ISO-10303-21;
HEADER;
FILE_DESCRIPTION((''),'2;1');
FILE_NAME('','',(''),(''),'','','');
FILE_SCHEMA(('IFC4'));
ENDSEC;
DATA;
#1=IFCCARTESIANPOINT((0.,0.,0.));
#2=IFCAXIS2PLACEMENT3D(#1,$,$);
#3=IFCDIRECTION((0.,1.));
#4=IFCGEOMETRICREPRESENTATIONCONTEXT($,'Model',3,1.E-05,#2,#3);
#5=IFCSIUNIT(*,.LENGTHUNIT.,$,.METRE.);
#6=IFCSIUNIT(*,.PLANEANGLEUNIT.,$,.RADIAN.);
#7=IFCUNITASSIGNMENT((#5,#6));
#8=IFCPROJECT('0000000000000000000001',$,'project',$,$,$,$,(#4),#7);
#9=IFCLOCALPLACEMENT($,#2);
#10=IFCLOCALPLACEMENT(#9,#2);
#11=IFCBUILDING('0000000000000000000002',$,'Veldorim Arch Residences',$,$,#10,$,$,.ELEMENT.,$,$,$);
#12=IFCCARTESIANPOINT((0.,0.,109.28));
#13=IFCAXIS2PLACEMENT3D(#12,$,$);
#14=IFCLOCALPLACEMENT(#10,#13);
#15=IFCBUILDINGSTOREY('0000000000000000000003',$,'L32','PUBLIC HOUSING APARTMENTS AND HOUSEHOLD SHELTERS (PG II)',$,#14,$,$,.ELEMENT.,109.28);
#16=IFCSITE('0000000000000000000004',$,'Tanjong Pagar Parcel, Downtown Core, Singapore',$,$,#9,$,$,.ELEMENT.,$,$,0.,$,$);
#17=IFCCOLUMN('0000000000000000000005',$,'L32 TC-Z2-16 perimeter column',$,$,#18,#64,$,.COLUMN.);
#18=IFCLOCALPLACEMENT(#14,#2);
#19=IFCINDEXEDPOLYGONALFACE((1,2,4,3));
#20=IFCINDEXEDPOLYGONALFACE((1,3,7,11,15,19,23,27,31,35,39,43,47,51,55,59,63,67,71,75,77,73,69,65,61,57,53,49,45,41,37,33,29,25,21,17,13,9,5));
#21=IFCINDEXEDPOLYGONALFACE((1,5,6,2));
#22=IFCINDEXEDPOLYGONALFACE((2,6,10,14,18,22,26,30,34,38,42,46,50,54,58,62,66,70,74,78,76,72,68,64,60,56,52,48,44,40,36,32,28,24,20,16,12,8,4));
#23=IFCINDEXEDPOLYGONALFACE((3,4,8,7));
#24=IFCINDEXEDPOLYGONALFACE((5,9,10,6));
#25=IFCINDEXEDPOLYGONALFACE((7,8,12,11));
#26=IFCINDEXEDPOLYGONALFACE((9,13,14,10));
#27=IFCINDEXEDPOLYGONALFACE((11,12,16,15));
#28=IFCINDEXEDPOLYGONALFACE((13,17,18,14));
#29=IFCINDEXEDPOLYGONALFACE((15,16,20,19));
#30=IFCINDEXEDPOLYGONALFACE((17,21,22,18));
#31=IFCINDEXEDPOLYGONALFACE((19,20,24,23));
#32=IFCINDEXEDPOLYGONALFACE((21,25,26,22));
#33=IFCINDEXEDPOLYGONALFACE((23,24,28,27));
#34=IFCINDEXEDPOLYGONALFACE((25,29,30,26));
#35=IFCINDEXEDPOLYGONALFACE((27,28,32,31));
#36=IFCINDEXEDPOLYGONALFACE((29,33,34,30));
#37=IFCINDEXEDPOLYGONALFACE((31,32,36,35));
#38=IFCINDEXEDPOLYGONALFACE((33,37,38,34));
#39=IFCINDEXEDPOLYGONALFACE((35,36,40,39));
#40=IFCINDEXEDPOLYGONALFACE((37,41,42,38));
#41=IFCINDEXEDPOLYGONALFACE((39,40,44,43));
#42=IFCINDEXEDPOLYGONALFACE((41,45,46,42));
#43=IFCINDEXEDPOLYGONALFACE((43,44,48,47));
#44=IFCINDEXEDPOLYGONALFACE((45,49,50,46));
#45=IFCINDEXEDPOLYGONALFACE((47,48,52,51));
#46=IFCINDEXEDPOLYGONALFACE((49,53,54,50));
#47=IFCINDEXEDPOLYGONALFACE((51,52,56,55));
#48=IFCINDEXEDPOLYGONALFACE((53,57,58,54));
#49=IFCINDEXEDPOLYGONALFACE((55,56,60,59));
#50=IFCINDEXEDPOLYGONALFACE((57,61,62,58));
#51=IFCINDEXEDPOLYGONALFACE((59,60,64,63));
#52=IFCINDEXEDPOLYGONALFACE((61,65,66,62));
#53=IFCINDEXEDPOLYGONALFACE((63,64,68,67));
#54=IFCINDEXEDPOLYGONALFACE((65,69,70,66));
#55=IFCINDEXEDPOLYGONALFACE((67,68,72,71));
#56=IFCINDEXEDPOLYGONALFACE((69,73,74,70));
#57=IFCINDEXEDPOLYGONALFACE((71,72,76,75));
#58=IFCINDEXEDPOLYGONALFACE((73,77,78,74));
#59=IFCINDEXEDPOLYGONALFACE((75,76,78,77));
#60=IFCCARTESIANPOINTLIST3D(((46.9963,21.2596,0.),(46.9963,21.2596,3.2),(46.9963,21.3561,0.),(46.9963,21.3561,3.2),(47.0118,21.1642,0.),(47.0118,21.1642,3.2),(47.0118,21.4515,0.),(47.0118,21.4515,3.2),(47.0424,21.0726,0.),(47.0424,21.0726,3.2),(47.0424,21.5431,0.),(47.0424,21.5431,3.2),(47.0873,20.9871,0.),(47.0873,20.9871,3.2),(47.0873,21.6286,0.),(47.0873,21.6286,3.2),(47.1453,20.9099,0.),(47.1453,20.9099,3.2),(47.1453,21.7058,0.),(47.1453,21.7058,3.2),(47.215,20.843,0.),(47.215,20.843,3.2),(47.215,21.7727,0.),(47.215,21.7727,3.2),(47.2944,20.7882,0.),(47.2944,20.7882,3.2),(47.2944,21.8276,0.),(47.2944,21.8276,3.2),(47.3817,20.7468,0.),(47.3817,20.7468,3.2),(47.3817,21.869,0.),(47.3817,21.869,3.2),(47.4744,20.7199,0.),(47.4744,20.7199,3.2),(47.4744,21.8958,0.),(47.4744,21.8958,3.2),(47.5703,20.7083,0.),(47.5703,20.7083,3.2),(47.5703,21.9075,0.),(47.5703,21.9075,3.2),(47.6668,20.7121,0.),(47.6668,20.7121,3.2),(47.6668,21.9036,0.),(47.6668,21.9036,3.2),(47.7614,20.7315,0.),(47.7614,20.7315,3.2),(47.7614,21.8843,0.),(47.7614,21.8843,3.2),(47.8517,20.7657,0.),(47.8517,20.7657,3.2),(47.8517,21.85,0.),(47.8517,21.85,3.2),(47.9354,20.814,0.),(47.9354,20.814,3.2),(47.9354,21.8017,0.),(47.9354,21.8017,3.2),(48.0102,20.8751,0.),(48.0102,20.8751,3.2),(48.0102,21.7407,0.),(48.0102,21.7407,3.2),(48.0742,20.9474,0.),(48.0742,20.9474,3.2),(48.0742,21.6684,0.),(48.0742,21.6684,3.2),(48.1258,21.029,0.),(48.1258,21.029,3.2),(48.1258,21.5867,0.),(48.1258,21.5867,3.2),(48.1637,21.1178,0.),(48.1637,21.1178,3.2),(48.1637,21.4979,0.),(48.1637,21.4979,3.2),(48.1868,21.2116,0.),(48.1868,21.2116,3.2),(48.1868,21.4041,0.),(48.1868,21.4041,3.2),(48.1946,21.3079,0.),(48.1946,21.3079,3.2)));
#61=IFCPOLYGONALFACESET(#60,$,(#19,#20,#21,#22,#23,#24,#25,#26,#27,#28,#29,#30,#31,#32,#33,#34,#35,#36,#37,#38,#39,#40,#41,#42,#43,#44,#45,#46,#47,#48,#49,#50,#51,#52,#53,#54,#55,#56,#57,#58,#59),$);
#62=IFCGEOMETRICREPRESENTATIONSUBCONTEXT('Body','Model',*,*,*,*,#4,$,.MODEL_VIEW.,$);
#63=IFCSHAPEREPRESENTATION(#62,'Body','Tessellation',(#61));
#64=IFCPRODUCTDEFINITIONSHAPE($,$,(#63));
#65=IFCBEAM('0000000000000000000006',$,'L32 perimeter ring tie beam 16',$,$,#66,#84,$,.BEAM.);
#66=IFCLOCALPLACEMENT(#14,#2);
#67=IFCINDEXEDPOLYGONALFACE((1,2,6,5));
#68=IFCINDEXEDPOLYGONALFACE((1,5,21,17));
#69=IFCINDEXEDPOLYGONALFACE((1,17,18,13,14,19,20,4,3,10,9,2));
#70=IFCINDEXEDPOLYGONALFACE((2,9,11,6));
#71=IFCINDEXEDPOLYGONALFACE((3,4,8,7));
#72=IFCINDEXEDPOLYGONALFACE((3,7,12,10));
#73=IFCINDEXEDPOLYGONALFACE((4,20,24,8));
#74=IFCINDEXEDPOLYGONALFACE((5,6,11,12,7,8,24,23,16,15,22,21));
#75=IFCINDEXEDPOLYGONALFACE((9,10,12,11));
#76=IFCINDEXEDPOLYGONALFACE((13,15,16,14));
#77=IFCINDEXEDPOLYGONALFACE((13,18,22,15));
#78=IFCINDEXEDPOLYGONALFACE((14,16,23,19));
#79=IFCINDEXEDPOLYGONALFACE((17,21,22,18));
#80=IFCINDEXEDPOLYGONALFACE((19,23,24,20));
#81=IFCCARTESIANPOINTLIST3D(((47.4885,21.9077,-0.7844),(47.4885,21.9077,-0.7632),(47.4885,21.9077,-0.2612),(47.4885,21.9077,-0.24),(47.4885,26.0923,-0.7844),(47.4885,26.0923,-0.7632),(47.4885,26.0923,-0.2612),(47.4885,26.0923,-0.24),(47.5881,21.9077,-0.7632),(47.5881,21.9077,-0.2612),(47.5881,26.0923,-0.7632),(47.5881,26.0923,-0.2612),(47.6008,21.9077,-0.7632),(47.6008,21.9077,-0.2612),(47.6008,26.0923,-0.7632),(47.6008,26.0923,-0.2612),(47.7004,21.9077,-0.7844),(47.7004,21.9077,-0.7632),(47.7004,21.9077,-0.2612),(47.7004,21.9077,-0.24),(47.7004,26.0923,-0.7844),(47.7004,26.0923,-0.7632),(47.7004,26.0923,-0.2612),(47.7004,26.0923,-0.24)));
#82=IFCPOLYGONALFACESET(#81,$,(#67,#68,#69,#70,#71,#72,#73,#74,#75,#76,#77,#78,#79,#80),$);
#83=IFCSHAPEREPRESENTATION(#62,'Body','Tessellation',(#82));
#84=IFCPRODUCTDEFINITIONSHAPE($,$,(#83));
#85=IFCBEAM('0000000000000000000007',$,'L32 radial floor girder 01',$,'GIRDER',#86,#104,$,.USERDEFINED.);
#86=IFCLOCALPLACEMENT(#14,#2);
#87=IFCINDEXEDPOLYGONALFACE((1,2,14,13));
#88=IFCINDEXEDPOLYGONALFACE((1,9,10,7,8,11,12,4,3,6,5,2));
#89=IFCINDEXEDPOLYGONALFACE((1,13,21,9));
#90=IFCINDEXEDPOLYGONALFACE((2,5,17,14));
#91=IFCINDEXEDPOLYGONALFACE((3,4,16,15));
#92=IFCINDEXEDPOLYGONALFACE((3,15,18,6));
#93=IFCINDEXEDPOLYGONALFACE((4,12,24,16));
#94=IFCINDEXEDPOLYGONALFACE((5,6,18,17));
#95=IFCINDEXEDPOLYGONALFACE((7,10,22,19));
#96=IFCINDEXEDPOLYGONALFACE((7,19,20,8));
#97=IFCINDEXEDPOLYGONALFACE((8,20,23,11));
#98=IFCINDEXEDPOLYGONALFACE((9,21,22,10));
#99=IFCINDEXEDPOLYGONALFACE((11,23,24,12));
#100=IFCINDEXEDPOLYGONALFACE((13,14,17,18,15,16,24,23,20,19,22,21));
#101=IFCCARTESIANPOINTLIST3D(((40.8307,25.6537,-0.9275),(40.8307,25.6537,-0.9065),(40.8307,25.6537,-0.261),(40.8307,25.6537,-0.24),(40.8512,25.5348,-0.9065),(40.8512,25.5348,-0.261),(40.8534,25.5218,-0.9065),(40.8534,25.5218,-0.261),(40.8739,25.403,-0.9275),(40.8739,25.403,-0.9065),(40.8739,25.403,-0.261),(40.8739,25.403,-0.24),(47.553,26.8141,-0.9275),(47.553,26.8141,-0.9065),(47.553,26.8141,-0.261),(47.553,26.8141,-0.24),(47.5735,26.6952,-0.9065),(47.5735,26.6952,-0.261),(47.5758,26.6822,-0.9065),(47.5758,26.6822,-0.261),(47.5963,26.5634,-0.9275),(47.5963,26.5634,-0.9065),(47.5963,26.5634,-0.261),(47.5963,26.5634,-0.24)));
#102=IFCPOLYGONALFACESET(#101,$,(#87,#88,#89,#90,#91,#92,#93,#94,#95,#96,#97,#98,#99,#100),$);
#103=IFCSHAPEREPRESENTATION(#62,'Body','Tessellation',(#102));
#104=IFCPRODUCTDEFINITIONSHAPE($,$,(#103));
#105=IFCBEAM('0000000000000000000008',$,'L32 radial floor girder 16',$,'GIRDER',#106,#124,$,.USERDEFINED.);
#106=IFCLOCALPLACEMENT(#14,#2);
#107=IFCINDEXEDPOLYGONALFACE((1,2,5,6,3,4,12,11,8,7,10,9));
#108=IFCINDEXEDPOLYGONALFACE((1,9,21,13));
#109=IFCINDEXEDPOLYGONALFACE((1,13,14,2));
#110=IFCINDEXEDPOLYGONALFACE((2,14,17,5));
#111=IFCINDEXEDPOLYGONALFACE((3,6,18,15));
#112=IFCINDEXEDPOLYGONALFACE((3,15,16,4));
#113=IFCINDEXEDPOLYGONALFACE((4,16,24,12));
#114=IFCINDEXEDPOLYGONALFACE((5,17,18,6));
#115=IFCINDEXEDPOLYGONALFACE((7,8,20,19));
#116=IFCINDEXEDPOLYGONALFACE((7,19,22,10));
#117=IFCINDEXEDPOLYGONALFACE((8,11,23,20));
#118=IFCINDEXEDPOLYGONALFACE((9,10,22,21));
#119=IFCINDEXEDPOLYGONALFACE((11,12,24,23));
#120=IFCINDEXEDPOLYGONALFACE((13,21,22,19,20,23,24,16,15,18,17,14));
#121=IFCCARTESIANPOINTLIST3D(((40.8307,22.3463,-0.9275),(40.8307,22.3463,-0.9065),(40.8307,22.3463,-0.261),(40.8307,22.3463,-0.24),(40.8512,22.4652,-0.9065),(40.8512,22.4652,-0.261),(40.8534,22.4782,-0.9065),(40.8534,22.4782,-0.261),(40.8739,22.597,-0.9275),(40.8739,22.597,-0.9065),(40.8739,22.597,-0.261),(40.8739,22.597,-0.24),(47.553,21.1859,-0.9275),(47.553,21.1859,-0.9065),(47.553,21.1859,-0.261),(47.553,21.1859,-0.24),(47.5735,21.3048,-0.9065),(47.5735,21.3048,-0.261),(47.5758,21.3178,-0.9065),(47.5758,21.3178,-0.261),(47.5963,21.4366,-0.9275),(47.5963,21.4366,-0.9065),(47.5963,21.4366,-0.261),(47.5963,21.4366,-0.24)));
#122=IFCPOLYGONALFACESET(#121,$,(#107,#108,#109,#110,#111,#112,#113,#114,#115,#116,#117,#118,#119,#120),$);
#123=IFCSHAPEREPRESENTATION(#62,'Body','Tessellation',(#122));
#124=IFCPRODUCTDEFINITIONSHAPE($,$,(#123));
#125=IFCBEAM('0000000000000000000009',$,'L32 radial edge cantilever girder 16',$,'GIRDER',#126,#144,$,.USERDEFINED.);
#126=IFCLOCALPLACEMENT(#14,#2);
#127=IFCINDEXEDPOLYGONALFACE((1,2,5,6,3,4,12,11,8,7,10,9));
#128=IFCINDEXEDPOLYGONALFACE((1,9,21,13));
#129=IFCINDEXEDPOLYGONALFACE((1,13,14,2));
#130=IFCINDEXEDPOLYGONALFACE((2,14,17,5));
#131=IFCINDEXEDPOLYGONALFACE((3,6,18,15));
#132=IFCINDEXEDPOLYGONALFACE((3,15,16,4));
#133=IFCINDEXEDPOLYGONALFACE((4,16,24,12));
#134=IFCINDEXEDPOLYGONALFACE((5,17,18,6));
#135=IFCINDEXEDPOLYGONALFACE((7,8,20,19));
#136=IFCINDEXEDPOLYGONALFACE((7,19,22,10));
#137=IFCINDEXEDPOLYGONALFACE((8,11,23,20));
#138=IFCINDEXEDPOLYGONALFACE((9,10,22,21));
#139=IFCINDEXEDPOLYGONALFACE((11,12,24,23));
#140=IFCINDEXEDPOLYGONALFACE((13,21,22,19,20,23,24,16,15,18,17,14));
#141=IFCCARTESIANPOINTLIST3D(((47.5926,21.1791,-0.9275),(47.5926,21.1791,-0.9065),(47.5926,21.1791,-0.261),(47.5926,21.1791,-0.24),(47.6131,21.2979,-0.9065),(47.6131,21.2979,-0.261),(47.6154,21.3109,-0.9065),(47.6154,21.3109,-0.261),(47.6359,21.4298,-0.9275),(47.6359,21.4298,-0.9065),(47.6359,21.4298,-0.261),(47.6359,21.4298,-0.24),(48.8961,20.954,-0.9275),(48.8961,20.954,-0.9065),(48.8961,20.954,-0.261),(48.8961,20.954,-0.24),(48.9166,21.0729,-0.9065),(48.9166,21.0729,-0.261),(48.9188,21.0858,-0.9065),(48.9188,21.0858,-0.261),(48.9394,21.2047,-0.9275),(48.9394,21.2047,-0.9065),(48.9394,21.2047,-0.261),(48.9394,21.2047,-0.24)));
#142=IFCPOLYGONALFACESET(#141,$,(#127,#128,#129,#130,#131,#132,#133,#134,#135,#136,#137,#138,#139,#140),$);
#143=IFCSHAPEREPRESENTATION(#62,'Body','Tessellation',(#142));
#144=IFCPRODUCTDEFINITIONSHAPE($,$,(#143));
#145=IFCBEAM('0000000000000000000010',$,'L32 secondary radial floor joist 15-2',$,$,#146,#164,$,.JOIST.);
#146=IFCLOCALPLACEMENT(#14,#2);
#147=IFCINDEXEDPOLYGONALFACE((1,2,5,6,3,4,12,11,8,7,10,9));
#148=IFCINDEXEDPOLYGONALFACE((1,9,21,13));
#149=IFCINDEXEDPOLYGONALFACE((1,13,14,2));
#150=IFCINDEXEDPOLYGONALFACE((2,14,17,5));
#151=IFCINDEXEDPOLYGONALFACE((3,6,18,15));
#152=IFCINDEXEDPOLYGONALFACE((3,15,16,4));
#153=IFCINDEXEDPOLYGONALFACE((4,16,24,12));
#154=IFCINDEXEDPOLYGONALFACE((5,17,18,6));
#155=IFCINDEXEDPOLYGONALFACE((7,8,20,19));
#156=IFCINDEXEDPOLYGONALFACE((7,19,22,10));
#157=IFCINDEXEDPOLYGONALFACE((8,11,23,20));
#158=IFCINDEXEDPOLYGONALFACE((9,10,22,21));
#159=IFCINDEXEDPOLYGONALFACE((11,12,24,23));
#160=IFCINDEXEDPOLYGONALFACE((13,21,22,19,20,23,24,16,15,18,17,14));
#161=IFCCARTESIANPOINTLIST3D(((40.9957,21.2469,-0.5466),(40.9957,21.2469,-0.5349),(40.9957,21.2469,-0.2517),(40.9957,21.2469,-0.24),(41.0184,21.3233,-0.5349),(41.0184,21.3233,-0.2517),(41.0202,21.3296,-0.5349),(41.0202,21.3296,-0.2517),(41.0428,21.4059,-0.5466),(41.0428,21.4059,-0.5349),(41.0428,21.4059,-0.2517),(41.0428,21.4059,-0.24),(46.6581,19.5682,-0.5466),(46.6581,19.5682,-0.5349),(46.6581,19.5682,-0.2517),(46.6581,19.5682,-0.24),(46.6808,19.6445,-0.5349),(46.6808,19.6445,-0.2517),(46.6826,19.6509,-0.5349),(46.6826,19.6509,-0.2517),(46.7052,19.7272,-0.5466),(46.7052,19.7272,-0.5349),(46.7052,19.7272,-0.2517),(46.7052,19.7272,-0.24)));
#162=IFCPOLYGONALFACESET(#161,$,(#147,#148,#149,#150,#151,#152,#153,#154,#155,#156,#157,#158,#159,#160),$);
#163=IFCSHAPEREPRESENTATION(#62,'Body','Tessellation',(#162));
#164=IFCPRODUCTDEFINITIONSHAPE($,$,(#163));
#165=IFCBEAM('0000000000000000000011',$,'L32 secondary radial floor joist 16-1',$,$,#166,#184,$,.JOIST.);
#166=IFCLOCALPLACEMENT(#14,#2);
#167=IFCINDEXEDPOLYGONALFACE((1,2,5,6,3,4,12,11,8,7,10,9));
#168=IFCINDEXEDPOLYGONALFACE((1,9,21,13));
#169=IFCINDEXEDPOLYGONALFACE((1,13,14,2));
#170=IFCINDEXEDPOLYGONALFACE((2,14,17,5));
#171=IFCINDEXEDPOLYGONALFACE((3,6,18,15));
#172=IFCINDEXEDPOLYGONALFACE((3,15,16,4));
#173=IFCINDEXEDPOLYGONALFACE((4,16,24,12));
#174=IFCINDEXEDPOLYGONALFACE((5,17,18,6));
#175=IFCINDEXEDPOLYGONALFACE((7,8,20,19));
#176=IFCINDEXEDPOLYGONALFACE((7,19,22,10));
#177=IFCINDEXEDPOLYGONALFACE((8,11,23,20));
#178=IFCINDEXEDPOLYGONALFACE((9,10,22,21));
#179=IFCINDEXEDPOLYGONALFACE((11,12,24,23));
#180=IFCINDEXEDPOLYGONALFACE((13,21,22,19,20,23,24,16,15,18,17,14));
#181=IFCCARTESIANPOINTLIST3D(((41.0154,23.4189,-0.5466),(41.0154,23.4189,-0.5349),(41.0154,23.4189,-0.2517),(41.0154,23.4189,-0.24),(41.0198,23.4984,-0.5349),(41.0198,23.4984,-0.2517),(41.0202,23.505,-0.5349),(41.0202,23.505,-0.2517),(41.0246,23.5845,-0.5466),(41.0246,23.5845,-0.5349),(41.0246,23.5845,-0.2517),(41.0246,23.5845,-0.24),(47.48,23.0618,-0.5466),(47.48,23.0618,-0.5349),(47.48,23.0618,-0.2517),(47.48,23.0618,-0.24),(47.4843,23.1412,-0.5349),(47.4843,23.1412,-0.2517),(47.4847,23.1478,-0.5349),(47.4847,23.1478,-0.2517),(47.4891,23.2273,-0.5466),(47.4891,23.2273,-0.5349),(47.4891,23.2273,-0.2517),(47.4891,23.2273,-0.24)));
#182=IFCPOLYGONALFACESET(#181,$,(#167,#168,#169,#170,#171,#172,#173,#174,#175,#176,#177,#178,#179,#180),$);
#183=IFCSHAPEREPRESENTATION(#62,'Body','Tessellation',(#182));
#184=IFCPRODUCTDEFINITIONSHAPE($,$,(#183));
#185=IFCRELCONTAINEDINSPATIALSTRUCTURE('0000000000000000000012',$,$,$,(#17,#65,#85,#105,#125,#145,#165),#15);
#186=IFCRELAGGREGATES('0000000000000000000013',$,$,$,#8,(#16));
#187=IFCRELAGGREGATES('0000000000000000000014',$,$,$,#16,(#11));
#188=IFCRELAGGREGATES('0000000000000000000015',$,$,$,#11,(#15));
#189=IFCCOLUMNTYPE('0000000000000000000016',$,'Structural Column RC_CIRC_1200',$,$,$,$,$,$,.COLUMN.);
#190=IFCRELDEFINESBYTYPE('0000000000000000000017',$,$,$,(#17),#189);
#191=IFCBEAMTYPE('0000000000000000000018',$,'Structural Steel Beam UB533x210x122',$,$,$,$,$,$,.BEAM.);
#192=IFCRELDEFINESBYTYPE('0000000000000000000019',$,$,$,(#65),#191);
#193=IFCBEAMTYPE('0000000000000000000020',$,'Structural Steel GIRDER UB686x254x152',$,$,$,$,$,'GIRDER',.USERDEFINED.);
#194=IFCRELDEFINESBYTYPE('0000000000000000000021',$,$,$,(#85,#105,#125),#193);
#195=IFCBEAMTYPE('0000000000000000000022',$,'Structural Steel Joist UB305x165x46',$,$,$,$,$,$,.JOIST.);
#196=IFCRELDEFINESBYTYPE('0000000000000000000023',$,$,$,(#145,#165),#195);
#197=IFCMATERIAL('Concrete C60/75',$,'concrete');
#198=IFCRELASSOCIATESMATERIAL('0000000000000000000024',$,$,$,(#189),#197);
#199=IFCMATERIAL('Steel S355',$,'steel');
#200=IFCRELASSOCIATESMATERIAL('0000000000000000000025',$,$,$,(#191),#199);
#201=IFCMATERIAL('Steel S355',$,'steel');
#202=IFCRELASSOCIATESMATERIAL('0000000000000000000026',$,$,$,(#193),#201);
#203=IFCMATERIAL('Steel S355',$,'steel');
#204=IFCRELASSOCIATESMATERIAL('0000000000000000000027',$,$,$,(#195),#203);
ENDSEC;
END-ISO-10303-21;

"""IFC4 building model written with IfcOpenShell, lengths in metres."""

from ifc_helpers import new_model, si_unit, direction, frame, origin, origin_2d, place, context, subcontext, project, spatial, circle, i_section, extrude, material, material_profile, profile_set, type_object, element, save


model = new_model("IFC4")

# Units and contexts
model_context = context("Model", 3, precision=1e-05, world=origin(), true_north=direction((0.0, 1.0)))
body_context = subcontext(model_context, "Body", "Model", "MODEL_VIEW")
ifc_project = project(units=[si_unit("LENGTHUNIT", "METRE"), si_unit("PLANEANGLEUNIT", "RADIAN")], contexts=[model_context])

# Site, building, storey
site_placement = place(None, origin())
site = spatial("IfcSite", under=ifc_project, at=site_placement, Name="Tanjong Pagar Parcel, Downtown Core, Singapore", CompositionType="ELEMENT", RefElevation=0.0)
building_placement = place(site_placement, origin())
building = spatial("IfcBuilding", under=site, at=building_placement, Name="Veldorim Arch Residences", CompositionType="ELEMENT")
storey_placement = place(building_placement, frame((0.0, 0.0, 109.28)))
storey = spatial("IfcBuildingStorey", under=building, at=storey_placement, Name="L32", Description="PUBLIC HOUSING APARTMENTS AND HOUSEHOLD SHELTERS (PG II)", CompositionType="ELEMENT", Elevation=109.28)

# Column
ifc_material_1 = material(Name="Concrete C60/75", Category="concrete")
ifc_material_profile_1 = material_profile(ifc_material_1, circle(Radius=0.6001, at=origin_2d()), Name="RC_CIRC_1200")
ifc_profile_set_1 = profile_set([ifc_material_profile_1], Name="Concrete C60/75")
column_type = type_object("IfcColumnType", Name="Structural Column RC_CIRC_1200", PredefinedType="COLUMN", material=ifc_profile_set_1)
column_placement = place(storey_placement, frame((47.5945, 21.3079, 0.0), z_axis=(0.0, 0.0, 1.0), x_axis=(1.0, 0.0, 0.0)))
element("IfcColumn", 1, at=column_placement, inside=storey, type_object=column_type, Name="L32 TC-Z2-16 perimeter column", PredefinedType="COLUMN", context=body_context, shape_type="SweptSolid", body=[
    extrude(circle(Radius=0.6001, at=origin_2d()), origin(), (0.0, 0.0, 1.0), 3.2),
])

# Beams
ifc_material_2 = material(Name="Steel S355", Category="steel")
ifc_material_profile_2 = material_profile(ifc_material_2, i_section(OverallWidth=0.2119, OverallDepth=0.5444, WebThickness=0.0127, FlangeThickness=0.0212, at=origin_2d()), Name="UB533x210x122")
ifc_profile_set_2 = profile_set([ifc_material_profile_2], Name="Steel S355")
beam_type_1 = type_object("IfcBeamType", Name="Structural Steel Beam UB533x210x122", PredefinedType="BEAM", material=ifc_profile_set_2)
beam_1_placement = place(storey_placement, frame((47.5945, 21.9077, -0.5122), z_axis=(0.0, 1.0, 0.0), x_axis=(-1.0, 0.0, 0.0)))
element("IfcBeam", 2, at=beam_1_placement, inside=storey, type_object=beam_type_1, Name="L32 perimeter ring tie beam 16", PredefinedType="BEAM", context=body_context, shape_type="SweptSolid", body=[
    extrude(i_section(OverallWidth=0.2119, OverallDepth=0.5444, WebThickness=0.0127, FlangeThickness=0.0212, at=origin_2d()), origin(), (0.0, 0.0, 1.0), 4.1846),
])
ifc_material_3 = material(Name="Steel S355", Category="steel")
ifc_material_profile_3 = material_profile(ifc_material_3, i_section(OverallWidth=0.2544, OverallDepth=0.6875, WebThickness=0.0132, FlangeThickness=0.021, at=origin_2d()), Name="UB686x254x152")
ifc_profile_set_3 = profile_set([ifc_material_profile_3], Name="Steel S355")
beam_type_2 = type_object("IfcBeamType", Name="Structural Steel GIRDER UB686x254x152", ElementType="GIRDER", PredefinedType="USERDEFINED", material=ifc_profile_set_3)
for number, where, z_axis, x_axis, name in (
    (3, (40.8523, 25.5283, -0.5837), (0.985427, 0.170101, 0.0), (-0.170101, 0.985427, 0.0), "L32 radial floor girder 01"),
    (4, (40.8523, 22.4717, -0.5837), (0.985427, -0.170101, 0.0), (0.170101, 0.985427, 0.0), "L32 radial floor girder 16"),
):
    element("IfcBeam", number, at=place(storey_placement, frame(where, z_axis=z_axis, x_axis=x_axis)), inside=storey, type_object=beam_type_2, Name=name, ObjectType="GIRDER", PredefinedType="USERDEFINED", context=body_context, shape_type="SweptSolid", body=[
        extrude(i_section(OverallWidth=0.2544, OverallDepth=0.6875, WebThickness=0.0132, FlangeThickness=0.021, at=origin_2d()), origin(), (0.0, 0.0, 1.0), 6.8218),
    ])
beam_2_placement = place(storey_placement, frame((47.6143, 21.3044, -0.5837), z_axis=(0.985414, -0.170173, 0.0), x_axis=(0.170173, 0.985414, 0.0)))
element("IfcBeam", 5, at=beam_2_placement, inside=storey, type_object=beam_type_2, Name="L32 radial edge cantilever girder 16", ObjectType="GIRDER", PredefinedType="USERDEFINED", context=body_context, shape_type="SweptSolid", body=[
    extrude(i_section(OverallWidth=0.2544, OverallDepth=0.6875, WebThickness=0.0132, FlangeThickness=0.021, at=origin_2d()), origin(), (0.0, 0.0, 1.0), 1.3228),
])
ifc_material_4 = material(Name="Steel S355", Category="steel")
ifc_material_profile_4 = material_profile(ifc_material_4, i_section(OverallWidth=0.1658, OverallDepth=0.3066, WebThickness=0.0066, FlangeThickness=0.0117, at=origin_2d()), Name="UB305x165x46")
ifc_profile_set_4 = profile_set([ifc_material_profile_4], Name="Steel S355")
beam_type_3 = type_object("IfcBeamType", Name="Structural Steel Joist UB305x165x46", PredefinedType="JOIST", material=ifc_profile_set_4)
beam_3_placement = place(storey_placement, frame((41.0193, 21.3264, -0.3933), z_axis=(0.958753, -0.28424, 0.0), x_axis=(0.28424, 0.958753, 0.0)))
element("IfcBeam", 6, at=beam_3_placement, inside=storey, type_object=beam_type_3, Name="L32 secondary radial floor joist 15-2", PredefinedType="JOIST", context=body_context, shape_type="SweptSolid", body=[
    extrude(i_section(OverallWidth=0.1658, OverallDepth=0.3066, WebThickness=0.0066, FlangeThickness=0.0117, at=origin_2d()), origin(), (0.0, 0.0, 1.0), 5.906),
])
for number, where, z_axis, x_axis, name in (
    (7, (41.02, 23.5017, -0.3933), (0.998477, -0.055167, 0.0), (0.055167, 0.998477, 0.0), "L32 secondary radial floor joist 16-1"),
):
    element("IfcBeam", number, at=place(storey_placement, frame(where, z_axis=z_axis, x_axis=x_axis)), inside=storey, type_object=beam_type_3, Name=name, PredefinedType="JOIST", context=body_context, shape_type="SweptSolid", body=[
        extrude(i_section(OverallWidth=0.1658, OverallDepth=0.3066, WebThickness=0.0066, FlangeThickness=0.0117, at=origin_2d()), origin(), (0.0, 0.0, 1.0), 6.4744),
    ])

save(model, "model.ifc")
